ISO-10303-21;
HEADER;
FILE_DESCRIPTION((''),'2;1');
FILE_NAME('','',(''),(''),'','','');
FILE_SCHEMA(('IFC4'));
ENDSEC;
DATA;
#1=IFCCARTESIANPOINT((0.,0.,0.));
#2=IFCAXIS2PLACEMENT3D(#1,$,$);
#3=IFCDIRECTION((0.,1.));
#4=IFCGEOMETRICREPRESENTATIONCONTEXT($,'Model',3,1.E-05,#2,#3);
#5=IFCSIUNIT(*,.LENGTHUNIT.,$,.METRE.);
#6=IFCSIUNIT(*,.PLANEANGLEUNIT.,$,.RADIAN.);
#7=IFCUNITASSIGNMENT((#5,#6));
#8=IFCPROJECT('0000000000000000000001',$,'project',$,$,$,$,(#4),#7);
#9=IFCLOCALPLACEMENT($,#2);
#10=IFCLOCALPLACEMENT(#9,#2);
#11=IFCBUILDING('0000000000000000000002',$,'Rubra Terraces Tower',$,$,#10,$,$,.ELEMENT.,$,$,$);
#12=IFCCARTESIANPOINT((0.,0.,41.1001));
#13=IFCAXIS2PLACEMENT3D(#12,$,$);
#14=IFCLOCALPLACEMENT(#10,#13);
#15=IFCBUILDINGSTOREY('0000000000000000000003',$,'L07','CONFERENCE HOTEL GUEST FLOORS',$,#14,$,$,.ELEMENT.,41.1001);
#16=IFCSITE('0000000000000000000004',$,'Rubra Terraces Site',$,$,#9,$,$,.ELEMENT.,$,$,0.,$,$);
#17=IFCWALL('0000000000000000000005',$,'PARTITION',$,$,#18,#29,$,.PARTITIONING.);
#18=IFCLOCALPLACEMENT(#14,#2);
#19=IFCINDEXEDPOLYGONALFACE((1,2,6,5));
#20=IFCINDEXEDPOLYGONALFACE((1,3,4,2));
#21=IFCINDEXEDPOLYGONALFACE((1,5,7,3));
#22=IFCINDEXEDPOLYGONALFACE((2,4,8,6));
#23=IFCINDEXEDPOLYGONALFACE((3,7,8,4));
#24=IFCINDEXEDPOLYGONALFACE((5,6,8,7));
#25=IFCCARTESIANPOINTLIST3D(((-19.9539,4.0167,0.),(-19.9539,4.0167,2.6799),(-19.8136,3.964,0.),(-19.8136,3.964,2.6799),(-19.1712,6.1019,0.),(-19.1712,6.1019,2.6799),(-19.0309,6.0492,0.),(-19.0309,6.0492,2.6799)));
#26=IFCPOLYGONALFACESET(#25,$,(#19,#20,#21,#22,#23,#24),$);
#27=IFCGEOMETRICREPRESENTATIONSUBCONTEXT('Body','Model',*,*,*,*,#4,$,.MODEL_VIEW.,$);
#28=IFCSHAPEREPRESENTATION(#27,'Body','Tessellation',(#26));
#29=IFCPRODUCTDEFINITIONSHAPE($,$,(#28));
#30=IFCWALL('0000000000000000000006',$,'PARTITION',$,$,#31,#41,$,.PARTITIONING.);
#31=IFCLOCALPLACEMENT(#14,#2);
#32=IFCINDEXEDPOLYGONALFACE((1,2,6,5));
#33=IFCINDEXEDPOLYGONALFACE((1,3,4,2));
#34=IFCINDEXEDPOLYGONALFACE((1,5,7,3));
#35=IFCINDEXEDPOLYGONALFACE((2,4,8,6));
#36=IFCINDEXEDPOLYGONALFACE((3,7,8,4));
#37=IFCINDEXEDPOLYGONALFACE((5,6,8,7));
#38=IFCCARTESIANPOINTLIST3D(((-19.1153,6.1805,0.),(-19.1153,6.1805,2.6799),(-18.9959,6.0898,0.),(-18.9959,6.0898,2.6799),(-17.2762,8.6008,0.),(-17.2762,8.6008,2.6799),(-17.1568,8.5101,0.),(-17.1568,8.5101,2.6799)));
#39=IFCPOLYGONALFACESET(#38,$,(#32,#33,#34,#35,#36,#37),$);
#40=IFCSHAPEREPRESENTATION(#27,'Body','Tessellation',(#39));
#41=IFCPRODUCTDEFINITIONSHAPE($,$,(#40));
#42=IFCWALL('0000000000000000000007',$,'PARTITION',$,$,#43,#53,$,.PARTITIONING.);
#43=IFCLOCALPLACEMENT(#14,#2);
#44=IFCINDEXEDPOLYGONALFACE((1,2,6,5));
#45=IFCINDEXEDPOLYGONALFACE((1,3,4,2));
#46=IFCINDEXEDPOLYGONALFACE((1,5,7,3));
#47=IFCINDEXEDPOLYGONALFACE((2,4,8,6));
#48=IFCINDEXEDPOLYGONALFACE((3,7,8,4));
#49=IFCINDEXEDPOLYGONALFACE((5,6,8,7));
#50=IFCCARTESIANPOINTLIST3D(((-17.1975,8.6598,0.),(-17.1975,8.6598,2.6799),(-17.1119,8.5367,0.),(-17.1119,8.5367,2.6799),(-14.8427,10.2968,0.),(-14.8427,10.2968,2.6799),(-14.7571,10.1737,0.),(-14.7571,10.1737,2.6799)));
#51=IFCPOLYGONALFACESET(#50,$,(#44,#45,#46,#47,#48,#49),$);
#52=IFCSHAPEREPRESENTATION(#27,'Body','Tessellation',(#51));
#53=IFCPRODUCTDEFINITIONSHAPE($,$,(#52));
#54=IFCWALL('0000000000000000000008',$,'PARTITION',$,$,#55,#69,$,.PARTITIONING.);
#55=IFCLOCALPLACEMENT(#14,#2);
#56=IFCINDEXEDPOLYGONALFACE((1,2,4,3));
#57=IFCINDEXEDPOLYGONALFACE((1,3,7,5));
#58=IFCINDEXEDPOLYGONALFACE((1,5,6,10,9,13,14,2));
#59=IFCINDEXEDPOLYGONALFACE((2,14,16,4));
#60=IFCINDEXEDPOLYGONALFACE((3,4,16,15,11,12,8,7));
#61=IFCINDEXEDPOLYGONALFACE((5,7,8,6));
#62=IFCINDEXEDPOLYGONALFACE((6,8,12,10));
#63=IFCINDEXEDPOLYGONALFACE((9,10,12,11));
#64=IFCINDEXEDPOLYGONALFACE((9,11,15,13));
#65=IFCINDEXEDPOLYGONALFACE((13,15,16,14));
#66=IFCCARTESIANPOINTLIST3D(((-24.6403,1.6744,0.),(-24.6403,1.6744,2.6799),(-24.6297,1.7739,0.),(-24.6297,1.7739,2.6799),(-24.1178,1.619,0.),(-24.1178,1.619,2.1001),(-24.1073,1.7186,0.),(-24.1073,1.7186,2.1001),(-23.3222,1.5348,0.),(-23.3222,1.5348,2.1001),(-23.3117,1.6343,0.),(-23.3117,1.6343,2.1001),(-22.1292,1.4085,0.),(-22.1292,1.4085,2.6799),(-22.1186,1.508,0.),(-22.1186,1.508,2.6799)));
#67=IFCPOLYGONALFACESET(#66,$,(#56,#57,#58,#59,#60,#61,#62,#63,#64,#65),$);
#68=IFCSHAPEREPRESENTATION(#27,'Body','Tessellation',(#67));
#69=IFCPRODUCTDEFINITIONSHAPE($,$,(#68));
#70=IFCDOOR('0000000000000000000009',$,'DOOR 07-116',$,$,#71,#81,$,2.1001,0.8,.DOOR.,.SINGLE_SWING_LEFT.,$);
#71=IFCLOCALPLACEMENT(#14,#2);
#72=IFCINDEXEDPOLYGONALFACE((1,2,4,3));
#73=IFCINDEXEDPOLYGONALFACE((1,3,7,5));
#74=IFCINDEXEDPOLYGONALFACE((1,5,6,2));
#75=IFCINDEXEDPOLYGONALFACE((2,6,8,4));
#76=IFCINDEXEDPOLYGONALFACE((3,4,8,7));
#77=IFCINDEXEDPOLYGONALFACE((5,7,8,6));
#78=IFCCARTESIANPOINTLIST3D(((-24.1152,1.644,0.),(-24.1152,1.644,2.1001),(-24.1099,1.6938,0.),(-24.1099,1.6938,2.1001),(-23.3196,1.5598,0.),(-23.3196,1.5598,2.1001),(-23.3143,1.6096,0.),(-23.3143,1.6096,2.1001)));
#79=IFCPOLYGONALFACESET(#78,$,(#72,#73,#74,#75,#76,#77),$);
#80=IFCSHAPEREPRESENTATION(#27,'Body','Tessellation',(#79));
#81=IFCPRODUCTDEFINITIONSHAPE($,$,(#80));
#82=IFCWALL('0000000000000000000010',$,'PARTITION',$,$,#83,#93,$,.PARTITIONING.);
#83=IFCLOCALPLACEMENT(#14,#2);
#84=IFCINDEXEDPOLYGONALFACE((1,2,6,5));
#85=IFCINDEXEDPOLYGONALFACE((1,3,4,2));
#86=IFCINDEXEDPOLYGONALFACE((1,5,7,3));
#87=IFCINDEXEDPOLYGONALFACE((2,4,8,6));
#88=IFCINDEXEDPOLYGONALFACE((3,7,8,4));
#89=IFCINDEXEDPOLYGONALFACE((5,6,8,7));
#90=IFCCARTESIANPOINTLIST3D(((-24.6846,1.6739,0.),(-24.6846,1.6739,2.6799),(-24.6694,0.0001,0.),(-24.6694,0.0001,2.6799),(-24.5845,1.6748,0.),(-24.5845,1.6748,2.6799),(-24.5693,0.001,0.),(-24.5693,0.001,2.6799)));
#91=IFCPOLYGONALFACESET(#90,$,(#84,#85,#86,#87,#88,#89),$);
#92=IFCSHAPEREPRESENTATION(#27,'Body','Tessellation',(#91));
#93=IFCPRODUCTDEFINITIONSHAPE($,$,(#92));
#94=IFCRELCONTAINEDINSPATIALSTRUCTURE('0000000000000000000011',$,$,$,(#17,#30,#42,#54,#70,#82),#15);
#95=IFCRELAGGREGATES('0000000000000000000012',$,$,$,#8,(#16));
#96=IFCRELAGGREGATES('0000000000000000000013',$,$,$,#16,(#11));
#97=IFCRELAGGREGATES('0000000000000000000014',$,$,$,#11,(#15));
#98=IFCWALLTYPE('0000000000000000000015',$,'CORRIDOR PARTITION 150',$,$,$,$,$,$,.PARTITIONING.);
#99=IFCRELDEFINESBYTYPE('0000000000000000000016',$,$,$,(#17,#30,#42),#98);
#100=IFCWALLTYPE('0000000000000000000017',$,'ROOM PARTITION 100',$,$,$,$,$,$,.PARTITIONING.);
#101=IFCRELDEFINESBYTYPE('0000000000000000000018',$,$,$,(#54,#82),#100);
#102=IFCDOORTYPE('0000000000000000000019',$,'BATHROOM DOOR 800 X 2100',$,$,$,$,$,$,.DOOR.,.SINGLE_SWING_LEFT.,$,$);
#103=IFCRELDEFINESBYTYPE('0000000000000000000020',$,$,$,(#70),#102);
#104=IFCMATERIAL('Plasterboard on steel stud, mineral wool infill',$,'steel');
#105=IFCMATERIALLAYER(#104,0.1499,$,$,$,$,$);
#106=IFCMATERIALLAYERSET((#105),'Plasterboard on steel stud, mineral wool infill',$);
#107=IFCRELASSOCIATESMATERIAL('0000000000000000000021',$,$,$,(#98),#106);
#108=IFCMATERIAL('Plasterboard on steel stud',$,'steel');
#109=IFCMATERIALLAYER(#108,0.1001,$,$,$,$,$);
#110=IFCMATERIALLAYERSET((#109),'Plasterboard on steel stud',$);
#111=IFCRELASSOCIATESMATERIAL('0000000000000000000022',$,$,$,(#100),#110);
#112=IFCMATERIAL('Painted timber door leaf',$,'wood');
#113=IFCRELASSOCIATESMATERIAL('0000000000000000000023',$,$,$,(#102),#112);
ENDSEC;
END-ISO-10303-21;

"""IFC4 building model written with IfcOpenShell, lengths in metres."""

from ifc_helpers import new_model, si_unit, direction, frame, frame_2d, origin, place, context, subcontext, project, spatial, rectangle, extrude, material, layer, layer_set, type_object, element, fill, save


model = new_model("IFC4")

# Units and contexts
model_context = context("Model", 3, precision=1e-05, world=origin(), true_north=direction((0.0, 1.0)))
body_context = subcontext(model_context, "Body", "Model", "MODEL_VIEW")
ifc_project = project(units=[si_unit("LENGTHUNIT", "METRE"), si_unit("PLANEANGLEUNIT", "RADIAN")], contexts=[model_context])

# Site, building, storey
site_placement = place(None, origin())
site = spatial("IfcSite", under=ifc_project, at=site_placement, Name="Rubra Terraces Site", CompositionType="ELEMENT", RefElevation=0.0)
building_placement = place(site_placement, origin())
building = spatial("IfcBuilding", under=site, at=building_placement, Name="Rubra Terraces Tower", CompositionType="ELEMENT")
storey_placement = place(building_placement, frame((0.0, 0.0, 41.1001)))
storey = spatial("IfcBuildingStorey", under=building, at=storey_placement, Name="L07", Description="CONFERENCE HOTEL GUEST FLOORS", CompositionType="ELEMENT", Elevation=41.1001)

# Shared definitions
ifc_material_1 = material(Name="Plasterboard on steel stud, mineral wool infill", Category="steel")
ifc_layer_1 = layer(ifc_material_1, 0.1499)
ifc_layer_set_1 = layer_set([ifc_layer_1], Name="Plasterboard on steel stud, mineral wool infill")
wall_type_1 = type_object("IfcWallType", Name="CORRIDOR PARTITION 150", PredefinedType="PARTITIONING", material=ifc_layer_set_1)

# Shared definitions
ifc_material_2 = material(Name="Painted timber door leaf", Category="wood")

# Walls
wall_1_placement = place(storey_placement, frame((-19.8838, 3.9902, 0.0), z_axis=(0.0, 0.0, 1.0), x_axis=(0.351424, 0.936217, 0.0)))
element("IfcWall", 1, at=wall_1_placement, inside=storey, type_object=wall_type_1, Name="PARTITION", PredefinedType="PARTITIONING", context=body_context, shape_type="SweptSolid", body=[
    extrude(rectangle(XDim=2.2273, YDim=0.1499, at=frame_2d((1.1138, 0.0))), origin(), (0.0, 0.0, 1.0), 2.6799),
])
wall_2_placement = place(storey_placement, frame((-19.0557, 6.135, 0.0), z_axis=(0.0, 0.0, 1.0), x_axis=(0.605, 0.796226, 0.0)))
element("IfcWall", 2, at=wall_2_placement, inside=storey, type_object=wall_type_1, Name="PARTITION", PredefinedType="PARTITIONING", context=body_context, shape_type="SweptSolid", body=[
    extrude(rectangle(XDim=3.0398, YDim=0.1499, at=frame_2d((1.52, 0.0))), origin(), (0.0, 0.0, 1.0), 2.6799),
])
wall_3_placement = place(storey_placement, frame((-17.1548, 8.5981, 0.0), z_axis=(0.0, 0.0, 1.0), x_axis=(0.821087, 0.570803, 0.0)))
element("IfcWall", 3, at=wall_3_placement, inside=storey, type_object=wall_type_1, Name="PARTITION", PredefinedType="PARTITIONING", context=body_context, shape_type="SweptSolid", body=[
    extrude(rectangle(XDim=2.8679, YDim=0.1499, at=frame_2d((1.4341, 0.0))), origin(), (0.0, 0.0, 1.0), 2.6799),
])

# Wall, opening, door
ifc_material_3 = material(Name="Plasterboard on steel stud", Category="steel")
ifc_layer_2 = layer(ifc_material_3, 0.1001)
ifc_layer_set_2 = layer_set([ifc_layer_2], Name="Plasterboard on steel stud")
wall_type_2 = type_object("IfcWallType", Name="ROOM PARTITION 100", PredefinedType="PARTITIONING", material=ifc_layer_set_2)
wall_4_placement = place(storey_placement, frame((-22.1238, 1.4583, 0.0), z_axis=(0.0, 0.0, 1.0), x_axis=(-0.994442, 0.105284, 0.0)))
wall_4 = element("IfcWall", 4, at=wall_4_placement, inside=storey, type_object=wall_type_2, Name="PARTITION", PredefinedType="PARTITIONING", context=body_context, shape_type="SweptSolid", body=[
    extrude(rectangle(XDim=2.5251, YDim=0.1001, at=frame_2d((1.2627, 0.0))), origin(), (0.0, 0.0, 1.0), 2.6799),
])
opening_1_placement = place(wall_4_placement, frame((1.2, 0.0, 0.0)))
opening_1 = element("IfcOpeningElement", 5, at=opening_1_placement, cuts=wall_4, PredefinedType="OPENING", context=body_context, shape_type="SweptSolid", body=[
    extrude(rectangle(XDim=0.8, YDim=2.1001, at=frame_2d((0.3999, 1.05))), frame((0.0, 0.0601, 0.0), z_axis=(0.0, -1.0, 0.0), x_axis=(1.0, 0.0, 0.0)), (0.0, 0.0, 1.0), 0.1201),
])
door_type_1 = type_object("IfcDoorType", Name="BATHROOM DOOR 800 X 2100", OperationType="SINGLE_SWING_LEFT", PredefinedType="DOOR", material=ifc_material_2)
door_1_placement = place(opening_1_placement, origin())
door_1 = element("IfcDoor", 6, at=door_1_placement, inside=storey, type_object=door_type_1, Name="DOOR 07-116", OperationType="SINGLE_SWING_LEFT", OverallHeight=2.1001, OverallWidth=0.8, PredefinedType="DOOR", context=body_context, shape_type="SweptSolid", body=[
    extrude(rectangle(XDim=0.8, YDim=2.1001, at=frame_2d((0.3999, 1.05))), frame((0.0, 0.0249, 0.0), z_axis=(0.0, -1.0, 0.0), x_axis=(1.0, 0.0, 0.0)), (0.0, 0.0, 1.0), 0.05),
])
fill(opening_1, door_1)

# Wall
wall_5_placement = place(storey_placement, frame((-24.6345, 1.6743, 0.0), z_axis=(0.0, 0.0, 1.0), x_axis=(0.009043, -0.999959, 0.0)))
element("IfcWall", 7, at=wall_5_placement, inside=storey, type_object=wall_type_2, Name="PARTITION", PredefinedType="PARTITIONING", context=body_context, shape_type="SweptSolid", body=[
    extrude(rectangle(XDim=1.6738, YDim=0.1001, at=frame_2d((0.8369, 0.0))), origin(), (0.0, 0.0, 1.0), 2.6799),
])

save(model, "model.ifc")
